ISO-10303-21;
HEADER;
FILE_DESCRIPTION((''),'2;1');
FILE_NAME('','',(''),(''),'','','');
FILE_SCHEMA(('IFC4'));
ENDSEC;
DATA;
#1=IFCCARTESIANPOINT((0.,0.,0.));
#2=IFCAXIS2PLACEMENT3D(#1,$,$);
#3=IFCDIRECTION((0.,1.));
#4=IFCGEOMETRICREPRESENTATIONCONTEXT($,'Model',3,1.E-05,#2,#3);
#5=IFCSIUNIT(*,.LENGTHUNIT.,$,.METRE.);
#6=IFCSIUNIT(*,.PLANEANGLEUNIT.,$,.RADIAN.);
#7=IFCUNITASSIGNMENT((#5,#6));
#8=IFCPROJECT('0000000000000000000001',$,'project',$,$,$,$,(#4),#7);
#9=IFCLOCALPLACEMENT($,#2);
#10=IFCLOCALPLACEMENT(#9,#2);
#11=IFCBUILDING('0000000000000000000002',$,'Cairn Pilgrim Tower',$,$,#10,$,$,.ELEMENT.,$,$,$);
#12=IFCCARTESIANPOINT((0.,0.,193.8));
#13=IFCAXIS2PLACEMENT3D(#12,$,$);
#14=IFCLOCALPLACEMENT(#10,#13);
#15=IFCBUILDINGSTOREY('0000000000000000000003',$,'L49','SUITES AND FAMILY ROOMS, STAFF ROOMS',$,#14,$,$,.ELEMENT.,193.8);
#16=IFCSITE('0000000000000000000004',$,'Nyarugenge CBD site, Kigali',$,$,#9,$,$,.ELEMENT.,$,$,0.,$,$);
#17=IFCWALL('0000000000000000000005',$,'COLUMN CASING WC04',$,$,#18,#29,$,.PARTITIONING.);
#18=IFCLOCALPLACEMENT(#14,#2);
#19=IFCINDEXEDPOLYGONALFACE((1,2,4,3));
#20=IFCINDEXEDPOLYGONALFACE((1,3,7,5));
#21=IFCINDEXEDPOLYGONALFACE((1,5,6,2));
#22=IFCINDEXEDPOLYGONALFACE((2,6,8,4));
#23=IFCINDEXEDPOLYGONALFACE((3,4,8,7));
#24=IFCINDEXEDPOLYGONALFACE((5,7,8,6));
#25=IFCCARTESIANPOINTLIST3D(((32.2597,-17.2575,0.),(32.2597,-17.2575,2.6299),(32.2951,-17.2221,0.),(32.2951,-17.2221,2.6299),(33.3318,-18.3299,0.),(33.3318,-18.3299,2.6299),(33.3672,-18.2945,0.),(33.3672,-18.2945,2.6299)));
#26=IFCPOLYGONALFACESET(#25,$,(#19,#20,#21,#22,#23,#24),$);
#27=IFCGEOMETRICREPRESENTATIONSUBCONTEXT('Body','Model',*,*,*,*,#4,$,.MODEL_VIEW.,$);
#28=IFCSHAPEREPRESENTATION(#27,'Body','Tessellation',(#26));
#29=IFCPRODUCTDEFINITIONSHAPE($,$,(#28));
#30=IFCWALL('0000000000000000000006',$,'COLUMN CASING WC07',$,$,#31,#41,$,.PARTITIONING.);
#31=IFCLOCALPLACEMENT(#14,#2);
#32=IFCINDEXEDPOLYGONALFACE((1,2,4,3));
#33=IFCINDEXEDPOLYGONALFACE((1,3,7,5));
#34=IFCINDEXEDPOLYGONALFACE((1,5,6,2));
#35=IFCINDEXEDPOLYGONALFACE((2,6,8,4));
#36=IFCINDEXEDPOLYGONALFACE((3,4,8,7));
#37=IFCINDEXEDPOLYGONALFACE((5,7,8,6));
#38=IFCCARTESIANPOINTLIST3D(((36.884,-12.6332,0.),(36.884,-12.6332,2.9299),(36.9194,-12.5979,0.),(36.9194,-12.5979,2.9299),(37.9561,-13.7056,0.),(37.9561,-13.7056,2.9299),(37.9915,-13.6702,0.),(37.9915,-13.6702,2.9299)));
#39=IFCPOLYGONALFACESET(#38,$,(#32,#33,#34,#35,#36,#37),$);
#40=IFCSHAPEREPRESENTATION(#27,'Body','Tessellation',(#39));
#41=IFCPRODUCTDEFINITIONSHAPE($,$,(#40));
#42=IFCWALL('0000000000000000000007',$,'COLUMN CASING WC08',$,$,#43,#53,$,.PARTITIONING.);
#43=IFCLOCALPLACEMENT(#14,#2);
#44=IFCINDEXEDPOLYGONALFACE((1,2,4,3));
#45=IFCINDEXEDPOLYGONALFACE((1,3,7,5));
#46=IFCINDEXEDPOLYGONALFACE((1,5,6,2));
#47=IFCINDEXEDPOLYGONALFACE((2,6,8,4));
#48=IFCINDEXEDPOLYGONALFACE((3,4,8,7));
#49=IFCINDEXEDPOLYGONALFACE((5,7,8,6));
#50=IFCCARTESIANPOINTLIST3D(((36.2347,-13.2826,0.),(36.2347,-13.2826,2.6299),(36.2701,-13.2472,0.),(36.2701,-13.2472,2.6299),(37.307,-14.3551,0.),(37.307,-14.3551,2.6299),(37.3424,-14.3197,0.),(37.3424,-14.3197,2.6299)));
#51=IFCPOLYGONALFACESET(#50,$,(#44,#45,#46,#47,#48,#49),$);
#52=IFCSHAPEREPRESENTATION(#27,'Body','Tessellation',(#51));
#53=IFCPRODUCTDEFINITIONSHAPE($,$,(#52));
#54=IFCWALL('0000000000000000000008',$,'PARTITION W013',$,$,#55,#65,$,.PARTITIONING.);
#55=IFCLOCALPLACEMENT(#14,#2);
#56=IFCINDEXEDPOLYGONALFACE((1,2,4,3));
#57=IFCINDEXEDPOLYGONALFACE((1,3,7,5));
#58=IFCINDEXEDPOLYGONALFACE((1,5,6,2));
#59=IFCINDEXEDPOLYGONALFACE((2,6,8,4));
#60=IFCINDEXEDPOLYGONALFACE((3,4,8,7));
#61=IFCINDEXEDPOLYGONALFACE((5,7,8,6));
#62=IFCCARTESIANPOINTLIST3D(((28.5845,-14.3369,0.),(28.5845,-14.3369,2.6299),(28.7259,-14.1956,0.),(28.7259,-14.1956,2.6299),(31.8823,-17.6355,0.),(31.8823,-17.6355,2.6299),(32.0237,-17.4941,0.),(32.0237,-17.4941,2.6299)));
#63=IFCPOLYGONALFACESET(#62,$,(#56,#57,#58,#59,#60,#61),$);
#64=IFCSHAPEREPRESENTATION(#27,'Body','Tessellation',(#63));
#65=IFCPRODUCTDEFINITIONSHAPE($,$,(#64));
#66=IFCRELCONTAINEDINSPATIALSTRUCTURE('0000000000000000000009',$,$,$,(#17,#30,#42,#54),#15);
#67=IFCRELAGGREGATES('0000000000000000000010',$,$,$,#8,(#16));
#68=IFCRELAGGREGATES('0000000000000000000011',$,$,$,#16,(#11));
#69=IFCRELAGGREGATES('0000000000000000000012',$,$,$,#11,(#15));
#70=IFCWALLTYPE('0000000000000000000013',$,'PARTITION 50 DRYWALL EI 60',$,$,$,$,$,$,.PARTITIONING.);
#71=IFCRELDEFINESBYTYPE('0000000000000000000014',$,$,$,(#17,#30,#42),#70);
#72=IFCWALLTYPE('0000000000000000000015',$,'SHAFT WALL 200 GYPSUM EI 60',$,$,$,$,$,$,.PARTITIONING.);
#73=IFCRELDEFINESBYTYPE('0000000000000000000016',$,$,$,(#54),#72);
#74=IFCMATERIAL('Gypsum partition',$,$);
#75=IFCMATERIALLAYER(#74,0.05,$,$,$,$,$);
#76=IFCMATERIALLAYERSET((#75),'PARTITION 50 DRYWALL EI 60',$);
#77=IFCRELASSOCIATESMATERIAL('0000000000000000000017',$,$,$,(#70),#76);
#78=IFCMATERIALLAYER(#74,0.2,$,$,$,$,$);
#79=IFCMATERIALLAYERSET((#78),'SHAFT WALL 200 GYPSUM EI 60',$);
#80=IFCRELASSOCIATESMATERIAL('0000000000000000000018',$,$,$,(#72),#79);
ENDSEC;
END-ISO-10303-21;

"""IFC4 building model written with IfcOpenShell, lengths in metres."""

from ifc_helpers import new_model, si_unit, direction, frame, frame_2d, origin, place, context, subcontext, project, spatial, rectangle, extrude, material, layer, layer_set, type_object, element, save


model = new_model("IFC4")

# Units and contexts
model_context = context("Model", 3, precision=1e-05, world=origin(), true_north=direction((0.0, 1.0)))
body_context = subcontext(model_context, "Body", "Model", "MODEL_VIEW")
ifc_project = project(units=[si_unit("LENGTHUNIT", "METRE"), si_unit("PLANEANGLEUNIT", "RADIAN")], contexts=[model_context])

# Site, building, storey
site_placement = place(None, origin())
site = spatial("IfcSite", under=ifc_project, at=site_placement, Name="Nyarugenge CBD site, Kigali", CompositionType="ELEMENT", RefElevation=0.0)
building_placement = place(site_placement, origin())
building = spatial("IfcBuilding", under=site, at=building_placement, Name="Cairn Pilgrim Tower", CompositionType="ELEMENT")
storey_placement = place(building_placement, frame((0.0, 0.0, 193.8)))
storey = spatial("IfcBuildingStorey", under=building, at=storey_placement, Name="L49", Description="SUITES AND FAMILY ROOMS, STAFF ROOMS", CompositionType="ELEMENT", Elevation=193.8)

# Walls
ifc_material_1 = material(Name="Gypsum partition")
ifc_layer_1 = layer(ifc_material_1, 0.05)
ifc_layer_set_1 = layer_set([ifc_layer_1], Name="PARTITION 50 DRYWALL EI 60")
wall_type_1 = type_object("IfcWallType", Name="PARTITION 50 DRYWALL EI 60", PredefinedType="PARTITIONING", material=ifc_layer_set_1)
wall_1_placement = place(storey_placement, frame((33.3496, -18.3123, 0.0), z_axis=(0.0, 0.0, 1.0), x_axis=(-0.707026, 0.707187, 0.0)))
element("IfcWall", 1, at=wall_1_placement, inside=storey, type_object=wall_type_1, Name="COLUMN CASING WC04", PredefinedType="PARTITIONING", context=body_context, shape_type="SweptSolid", body=[
    extrude(rectangle(XDim=1.5164, YDim=0.05, at=frame_2d((0.7583, 0.0))), origin(), (0.0, 0.0, 1.0), 2.6299),
])
wall_2_placement = place(storey_placement, frame((37.9739, -13.688, 0.0), z_axis=(0.0, 0.0, 1.0), x_axis=(-0.707026, 0.707187, 0.0)))
element("IfcWall", 2, at=wall_2_placement, inside=storey, type_object=wall_type_1, Name="COLUMN CASING WC07", PredefinedType="PARTITIONING", context=body_context, shape_type="SweptSolid", body=[
    extrude(rectangle(XDim=1.5164, YDim=0.05, at=frame_2d((0.7583, 0.0))), origin(), (0.0, 0.0, 1.0), 2.9299),
])
wall_3_placement = place(storey_placement, frame((37.3247, -14.3374, 0.0), z_axis=(0.0, 0.0, 1.0), x_axis=(-0.707026, 0.707187, 0.0)))
element("IfcWall", 3, at=wall_3_placement, inside=storey, type_object=wall_type_1, Name="COLUMN CASING WC08", PredefinedType="PARTITIONING", context=body_context, shape_type="SweptSolid", body=[
    extrude(rectangle(XDim=1.5166, YDim=0.05, at=frame_2d((0.7583, 0.0))), origin(), (0.0, 0.0, 1.0), 2.6299),
])
ifc_layer_2 = layer(ifc_material_1, 0.2)
ifc_layer_set_2 = layer_set([ifc_layer_2], Name="SHAFT WALL 200 GYPSUM EI 60")
wall_type_2 = type_object("IfcWallType", Name="SHAFT WALL 200 GYPSUM EI 60", PredefinedType="PARTITIONING", material=ifc_layer_set_2)
wall_4_placement = place(storey_placement, frame((31.9529, -17.5647, 0.0), z_axis=(0.0, 0.0, 1.0), x_axis=(-0.707028, 0.707185, 0.0)))
element("IfcWall", 4, at=wall_4_placement, inside=storey, type_object=wall_type_2, Name="PARTITION W013", PredefinedType="PARTITIONING", context=body_context, shape_type="SweptSolid", body=[
    extrude(rectangle(XDim=4.6643, YDim=0.2, at=frame_2d((2.332, 0.0))), origin(), (0.0, 0.0, 1.0), 2.6299),
])

save(model, "model.ifc")
